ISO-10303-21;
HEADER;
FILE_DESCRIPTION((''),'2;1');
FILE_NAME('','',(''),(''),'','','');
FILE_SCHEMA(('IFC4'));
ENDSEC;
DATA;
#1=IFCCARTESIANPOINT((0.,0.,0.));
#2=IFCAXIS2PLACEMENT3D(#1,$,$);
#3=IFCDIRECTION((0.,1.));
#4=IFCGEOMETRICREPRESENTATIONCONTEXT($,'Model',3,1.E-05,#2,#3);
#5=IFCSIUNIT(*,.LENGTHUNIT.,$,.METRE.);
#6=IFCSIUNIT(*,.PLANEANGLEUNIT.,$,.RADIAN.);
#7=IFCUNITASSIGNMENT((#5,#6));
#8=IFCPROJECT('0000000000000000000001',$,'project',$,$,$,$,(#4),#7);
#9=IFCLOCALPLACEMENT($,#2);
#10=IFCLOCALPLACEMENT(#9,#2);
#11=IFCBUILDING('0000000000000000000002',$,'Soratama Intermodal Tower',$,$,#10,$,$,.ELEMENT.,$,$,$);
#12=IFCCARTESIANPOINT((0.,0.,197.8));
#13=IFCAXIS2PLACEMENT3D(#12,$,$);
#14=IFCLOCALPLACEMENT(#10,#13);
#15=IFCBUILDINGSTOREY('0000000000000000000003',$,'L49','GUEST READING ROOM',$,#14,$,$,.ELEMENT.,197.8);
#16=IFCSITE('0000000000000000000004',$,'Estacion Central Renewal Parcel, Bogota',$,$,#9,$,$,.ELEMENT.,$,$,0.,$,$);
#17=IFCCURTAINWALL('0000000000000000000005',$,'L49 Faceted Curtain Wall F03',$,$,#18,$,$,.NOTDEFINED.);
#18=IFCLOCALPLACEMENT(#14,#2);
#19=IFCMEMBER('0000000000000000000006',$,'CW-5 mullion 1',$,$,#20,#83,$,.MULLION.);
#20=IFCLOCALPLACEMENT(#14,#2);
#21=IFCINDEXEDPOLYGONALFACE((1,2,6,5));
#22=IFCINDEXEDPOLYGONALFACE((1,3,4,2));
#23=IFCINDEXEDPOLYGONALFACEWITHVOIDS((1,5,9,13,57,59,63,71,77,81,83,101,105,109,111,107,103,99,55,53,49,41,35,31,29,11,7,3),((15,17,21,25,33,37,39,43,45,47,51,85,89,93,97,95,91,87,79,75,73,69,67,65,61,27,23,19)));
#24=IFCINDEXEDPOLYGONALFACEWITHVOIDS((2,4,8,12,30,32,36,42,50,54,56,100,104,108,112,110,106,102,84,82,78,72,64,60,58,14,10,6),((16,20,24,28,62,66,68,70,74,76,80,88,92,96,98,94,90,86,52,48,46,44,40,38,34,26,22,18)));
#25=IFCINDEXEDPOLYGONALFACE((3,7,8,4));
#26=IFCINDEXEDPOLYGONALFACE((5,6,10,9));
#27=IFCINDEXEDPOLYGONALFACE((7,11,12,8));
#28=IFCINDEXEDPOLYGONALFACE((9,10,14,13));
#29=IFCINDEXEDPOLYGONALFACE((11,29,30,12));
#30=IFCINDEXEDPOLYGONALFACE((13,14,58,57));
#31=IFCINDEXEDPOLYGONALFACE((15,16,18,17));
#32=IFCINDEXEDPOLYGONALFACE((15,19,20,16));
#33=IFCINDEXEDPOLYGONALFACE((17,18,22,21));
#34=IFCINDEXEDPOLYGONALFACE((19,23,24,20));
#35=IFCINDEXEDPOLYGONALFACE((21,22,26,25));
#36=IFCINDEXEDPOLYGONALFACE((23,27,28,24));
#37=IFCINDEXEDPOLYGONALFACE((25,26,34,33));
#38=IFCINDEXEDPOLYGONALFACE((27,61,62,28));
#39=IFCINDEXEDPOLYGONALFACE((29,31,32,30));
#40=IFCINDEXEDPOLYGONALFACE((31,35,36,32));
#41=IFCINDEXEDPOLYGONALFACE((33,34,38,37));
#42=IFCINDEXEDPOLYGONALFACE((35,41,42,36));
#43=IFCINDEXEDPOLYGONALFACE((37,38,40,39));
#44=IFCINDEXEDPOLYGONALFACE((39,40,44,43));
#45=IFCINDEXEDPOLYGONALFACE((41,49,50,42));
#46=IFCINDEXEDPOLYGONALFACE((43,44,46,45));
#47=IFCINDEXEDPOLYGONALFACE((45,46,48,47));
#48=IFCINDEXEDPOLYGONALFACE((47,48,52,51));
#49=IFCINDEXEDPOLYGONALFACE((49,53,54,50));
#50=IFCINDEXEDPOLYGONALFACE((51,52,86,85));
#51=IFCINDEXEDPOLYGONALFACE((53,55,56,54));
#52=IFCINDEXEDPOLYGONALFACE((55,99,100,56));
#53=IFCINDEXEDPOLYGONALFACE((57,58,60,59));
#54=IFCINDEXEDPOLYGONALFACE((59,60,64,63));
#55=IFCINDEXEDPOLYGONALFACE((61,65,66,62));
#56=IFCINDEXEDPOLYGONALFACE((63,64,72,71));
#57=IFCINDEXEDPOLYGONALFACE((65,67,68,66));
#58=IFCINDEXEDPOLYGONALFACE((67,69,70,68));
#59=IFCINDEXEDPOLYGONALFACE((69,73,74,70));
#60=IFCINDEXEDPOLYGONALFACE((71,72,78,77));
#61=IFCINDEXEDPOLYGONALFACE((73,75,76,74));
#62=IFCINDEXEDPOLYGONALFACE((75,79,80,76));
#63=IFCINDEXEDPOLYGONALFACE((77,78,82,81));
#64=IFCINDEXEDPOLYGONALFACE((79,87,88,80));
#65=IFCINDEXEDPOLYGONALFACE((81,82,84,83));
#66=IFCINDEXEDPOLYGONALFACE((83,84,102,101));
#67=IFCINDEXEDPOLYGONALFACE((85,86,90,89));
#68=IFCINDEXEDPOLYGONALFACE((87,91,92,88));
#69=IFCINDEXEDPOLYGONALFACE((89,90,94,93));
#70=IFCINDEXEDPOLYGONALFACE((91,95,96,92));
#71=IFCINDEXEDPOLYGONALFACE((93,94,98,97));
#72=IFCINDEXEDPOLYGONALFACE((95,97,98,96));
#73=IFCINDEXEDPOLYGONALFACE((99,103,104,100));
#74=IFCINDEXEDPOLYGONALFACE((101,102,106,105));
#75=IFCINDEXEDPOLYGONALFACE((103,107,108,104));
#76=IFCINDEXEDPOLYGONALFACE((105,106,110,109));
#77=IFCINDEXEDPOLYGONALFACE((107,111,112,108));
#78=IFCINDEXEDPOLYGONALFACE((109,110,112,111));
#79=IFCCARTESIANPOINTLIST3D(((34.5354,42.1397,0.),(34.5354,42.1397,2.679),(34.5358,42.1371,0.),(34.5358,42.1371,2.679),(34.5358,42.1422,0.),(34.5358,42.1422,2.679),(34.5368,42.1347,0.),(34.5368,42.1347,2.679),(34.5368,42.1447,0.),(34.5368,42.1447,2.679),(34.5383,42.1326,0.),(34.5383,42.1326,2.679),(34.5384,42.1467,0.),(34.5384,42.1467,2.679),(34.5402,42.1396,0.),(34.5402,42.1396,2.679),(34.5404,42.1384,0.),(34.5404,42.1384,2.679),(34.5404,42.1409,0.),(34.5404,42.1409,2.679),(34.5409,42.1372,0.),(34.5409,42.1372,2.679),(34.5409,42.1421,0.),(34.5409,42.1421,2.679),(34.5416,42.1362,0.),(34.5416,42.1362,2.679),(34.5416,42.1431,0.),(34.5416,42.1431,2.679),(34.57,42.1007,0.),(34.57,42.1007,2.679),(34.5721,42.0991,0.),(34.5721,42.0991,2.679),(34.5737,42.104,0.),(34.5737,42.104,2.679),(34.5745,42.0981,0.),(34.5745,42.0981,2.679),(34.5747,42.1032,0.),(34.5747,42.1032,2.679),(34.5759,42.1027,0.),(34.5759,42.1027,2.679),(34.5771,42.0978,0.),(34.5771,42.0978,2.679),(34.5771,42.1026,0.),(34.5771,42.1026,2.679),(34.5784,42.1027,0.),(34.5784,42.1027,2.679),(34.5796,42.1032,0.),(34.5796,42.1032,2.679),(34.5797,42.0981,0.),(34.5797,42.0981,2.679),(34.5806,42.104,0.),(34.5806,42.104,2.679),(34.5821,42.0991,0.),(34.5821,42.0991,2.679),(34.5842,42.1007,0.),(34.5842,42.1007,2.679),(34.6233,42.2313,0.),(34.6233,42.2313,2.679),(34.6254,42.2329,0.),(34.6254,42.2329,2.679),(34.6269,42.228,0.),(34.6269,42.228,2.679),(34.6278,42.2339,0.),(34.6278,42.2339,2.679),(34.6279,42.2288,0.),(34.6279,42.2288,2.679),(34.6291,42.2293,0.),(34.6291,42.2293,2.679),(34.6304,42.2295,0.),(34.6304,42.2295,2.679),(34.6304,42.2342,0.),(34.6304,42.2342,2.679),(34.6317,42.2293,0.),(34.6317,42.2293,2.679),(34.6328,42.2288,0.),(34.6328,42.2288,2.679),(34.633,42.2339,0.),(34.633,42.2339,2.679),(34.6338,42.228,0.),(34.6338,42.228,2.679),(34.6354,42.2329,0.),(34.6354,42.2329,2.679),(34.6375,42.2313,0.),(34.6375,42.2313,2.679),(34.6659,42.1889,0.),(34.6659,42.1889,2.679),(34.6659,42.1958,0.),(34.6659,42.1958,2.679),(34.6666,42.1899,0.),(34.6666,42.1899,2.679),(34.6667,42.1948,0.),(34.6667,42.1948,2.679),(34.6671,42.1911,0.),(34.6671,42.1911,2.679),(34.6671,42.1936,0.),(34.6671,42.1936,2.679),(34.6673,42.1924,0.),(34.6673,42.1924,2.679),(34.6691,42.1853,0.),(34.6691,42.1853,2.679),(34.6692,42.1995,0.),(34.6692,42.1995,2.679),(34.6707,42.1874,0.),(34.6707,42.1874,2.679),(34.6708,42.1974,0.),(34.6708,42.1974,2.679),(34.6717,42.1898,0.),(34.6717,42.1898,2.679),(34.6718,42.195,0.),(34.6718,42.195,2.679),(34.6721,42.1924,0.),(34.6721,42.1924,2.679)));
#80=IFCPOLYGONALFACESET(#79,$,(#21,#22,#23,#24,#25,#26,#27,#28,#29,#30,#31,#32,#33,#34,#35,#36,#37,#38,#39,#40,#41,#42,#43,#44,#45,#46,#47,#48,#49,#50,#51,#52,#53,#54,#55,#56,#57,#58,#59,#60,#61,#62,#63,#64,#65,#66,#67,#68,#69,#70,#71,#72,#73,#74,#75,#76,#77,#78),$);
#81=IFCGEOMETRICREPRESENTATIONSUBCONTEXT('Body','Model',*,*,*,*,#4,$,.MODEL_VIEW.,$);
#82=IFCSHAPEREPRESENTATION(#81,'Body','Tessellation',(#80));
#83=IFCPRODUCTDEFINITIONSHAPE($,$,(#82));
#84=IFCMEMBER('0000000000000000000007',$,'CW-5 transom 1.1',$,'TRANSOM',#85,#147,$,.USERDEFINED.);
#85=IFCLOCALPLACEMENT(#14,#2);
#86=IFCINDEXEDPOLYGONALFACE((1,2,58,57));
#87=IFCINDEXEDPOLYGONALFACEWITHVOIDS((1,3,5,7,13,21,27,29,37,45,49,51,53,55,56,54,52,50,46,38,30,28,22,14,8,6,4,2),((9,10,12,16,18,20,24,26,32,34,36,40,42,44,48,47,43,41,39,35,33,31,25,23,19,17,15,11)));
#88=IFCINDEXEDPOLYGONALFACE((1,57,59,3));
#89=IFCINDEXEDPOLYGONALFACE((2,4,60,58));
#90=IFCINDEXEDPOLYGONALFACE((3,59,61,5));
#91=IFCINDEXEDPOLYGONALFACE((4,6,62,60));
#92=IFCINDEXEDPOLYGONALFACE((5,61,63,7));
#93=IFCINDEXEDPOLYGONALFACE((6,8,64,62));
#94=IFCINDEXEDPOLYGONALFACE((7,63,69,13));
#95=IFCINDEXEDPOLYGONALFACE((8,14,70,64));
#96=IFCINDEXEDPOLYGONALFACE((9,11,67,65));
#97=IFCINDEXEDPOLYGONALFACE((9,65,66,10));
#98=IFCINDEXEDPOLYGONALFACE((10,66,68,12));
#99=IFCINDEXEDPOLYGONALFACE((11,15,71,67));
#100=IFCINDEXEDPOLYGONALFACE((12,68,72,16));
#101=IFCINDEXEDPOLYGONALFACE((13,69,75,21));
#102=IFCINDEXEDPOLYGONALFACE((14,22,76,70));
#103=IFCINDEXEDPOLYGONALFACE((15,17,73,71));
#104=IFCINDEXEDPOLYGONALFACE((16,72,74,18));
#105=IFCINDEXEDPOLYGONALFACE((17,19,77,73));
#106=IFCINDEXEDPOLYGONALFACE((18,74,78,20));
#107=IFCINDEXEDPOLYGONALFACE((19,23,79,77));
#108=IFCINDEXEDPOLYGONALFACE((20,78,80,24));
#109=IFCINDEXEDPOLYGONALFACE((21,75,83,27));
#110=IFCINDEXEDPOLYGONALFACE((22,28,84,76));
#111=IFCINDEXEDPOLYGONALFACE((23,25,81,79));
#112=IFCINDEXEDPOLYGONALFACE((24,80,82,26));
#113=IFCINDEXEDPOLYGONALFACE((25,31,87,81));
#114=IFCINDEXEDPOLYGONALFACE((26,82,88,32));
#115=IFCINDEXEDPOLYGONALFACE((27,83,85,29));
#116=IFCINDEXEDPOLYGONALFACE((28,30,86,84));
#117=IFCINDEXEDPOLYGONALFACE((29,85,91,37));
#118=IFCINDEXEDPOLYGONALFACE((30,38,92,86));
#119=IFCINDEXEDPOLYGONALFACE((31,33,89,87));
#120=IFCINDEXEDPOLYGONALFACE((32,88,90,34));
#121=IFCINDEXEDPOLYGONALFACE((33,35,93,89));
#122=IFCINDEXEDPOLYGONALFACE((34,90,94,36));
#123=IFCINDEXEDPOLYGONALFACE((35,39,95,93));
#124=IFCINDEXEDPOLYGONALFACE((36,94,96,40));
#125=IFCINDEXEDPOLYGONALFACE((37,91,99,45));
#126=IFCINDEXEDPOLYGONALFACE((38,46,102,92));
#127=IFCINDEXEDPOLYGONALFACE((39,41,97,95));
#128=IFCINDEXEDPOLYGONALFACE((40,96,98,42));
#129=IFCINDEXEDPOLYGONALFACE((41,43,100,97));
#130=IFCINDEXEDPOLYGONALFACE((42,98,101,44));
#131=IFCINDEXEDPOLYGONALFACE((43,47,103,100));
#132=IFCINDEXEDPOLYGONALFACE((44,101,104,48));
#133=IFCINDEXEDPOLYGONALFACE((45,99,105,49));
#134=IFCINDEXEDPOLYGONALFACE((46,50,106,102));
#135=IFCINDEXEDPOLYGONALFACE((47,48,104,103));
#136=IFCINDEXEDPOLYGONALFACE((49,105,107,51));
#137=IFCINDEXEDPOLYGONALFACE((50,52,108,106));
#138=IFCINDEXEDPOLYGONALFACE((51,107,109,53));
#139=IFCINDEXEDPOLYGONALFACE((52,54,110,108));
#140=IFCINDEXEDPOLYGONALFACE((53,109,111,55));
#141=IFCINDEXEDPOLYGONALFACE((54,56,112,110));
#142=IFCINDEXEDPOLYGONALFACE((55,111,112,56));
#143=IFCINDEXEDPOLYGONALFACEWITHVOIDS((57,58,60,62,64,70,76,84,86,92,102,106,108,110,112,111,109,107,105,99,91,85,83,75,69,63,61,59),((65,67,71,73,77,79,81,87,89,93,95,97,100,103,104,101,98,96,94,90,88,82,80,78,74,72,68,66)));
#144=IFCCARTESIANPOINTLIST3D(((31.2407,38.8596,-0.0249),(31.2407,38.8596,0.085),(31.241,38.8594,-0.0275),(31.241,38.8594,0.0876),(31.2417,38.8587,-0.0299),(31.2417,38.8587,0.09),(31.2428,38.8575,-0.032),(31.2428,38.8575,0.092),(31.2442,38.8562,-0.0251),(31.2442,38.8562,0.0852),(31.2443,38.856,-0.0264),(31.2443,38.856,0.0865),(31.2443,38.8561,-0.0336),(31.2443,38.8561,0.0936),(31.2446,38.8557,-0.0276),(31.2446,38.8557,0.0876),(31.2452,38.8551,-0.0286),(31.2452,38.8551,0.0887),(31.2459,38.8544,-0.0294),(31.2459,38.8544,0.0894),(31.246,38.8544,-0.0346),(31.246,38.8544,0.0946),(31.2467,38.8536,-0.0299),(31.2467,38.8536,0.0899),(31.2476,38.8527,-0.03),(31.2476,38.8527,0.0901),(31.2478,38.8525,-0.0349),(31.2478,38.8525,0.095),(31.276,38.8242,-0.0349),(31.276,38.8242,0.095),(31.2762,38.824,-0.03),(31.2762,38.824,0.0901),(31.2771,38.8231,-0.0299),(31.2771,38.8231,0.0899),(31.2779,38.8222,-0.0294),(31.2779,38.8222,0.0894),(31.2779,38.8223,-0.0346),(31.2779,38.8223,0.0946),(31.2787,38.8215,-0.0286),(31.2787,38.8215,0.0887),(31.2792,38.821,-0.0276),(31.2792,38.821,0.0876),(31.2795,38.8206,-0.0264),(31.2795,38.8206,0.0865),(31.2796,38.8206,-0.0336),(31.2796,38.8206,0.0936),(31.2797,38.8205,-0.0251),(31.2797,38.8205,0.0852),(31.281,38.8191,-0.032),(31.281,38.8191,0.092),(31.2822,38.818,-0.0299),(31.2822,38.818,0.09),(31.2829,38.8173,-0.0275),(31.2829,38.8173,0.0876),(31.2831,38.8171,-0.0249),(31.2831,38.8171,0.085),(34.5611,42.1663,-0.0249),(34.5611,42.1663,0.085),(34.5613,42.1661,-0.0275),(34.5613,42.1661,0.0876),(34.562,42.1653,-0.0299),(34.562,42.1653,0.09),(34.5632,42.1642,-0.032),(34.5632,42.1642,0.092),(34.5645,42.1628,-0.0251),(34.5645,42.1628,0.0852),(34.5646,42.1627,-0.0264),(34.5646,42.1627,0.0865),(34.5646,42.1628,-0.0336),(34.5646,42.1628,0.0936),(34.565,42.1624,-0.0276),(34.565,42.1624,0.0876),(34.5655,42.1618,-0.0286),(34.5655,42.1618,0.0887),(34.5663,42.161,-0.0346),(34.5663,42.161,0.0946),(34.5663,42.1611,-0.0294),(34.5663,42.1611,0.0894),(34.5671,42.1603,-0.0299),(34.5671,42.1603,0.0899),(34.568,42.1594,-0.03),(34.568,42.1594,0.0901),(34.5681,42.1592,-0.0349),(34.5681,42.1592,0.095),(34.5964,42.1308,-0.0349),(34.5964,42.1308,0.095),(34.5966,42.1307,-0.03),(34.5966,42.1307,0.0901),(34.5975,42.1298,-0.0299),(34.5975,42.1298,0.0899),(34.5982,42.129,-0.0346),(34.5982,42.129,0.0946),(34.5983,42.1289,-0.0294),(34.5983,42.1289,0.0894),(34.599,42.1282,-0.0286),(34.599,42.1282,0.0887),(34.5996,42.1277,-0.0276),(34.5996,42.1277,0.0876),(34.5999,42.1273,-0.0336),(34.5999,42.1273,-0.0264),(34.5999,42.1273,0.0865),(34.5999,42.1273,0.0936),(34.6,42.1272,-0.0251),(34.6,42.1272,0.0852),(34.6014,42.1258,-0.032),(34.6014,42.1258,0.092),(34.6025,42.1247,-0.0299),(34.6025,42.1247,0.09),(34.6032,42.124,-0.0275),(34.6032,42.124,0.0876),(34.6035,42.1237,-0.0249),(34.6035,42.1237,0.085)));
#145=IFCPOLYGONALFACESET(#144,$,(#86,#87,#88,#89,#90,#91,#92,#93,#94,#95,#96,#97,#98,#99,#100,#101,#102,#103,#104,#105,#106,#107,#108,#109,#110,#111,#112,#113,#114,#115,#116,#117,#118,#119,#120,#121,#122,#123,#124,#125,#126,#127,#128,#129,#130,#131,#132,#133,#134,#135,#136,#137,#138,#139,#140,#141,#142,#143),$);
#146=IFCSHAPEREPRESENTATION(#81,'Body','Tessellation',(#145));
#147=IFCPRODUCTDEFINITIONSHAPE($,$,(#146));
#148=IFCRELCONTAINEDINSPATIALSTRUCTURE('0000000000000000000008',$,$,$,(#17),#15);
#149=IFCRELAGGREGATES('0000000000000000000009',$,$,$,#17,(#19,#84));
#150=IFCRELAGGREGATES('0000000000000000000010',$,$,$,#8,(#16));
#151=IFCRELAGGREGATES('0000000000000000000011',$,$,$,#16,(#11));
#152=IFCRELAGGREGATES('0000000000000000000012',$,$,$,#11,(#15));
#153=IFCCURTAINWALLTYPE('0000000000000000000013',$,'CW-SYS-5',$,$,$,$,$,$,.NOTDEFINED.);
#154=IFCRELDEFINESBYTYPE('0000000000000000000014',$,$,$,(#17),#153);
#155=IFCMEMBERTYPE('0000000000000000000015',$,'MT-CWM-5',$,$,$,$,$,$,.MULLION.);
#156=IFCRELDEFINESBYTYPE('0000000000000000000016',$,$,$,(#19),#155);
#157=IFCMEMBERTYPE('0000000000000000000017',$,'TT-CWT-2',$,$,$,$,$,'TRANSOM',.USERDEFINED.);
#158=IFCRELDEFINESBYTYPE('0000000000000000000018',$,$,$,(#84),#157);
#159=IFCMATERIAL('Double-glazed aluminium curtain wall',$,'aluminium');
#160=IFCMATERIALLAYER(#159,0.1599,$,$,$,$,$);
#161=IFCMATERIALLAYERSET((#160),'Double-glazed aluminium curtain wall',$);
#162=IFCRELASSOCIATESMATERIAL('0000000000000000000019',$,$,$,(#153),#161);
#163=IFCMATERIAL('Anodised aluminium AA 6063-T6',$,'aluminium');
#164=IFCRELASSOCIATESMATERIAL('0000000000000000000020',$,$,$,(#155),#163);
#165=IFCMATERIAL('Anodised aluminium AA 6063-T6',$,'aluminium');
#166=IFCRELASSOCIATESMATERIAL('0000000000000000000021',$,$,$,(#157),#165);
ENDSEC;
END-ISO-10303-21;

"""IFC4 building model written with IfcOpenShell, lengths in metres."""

from ifc_helpers import new_model, si_unit, direction, frame, origin, origin_2d, place, context, subcontext, project, spatial, hollow_rectangle, extrude, material, layer, layer_set, material_profile, profile_set, type_object, element, aggregate, save


model = new_model("IFC4")

# Units and contexts
model_context = context("Model", 3, precision=1e-05, world=origin(), true_north=direction((0.0, 1.0)))
body_context = subcontext(model_context, "Body", "Model", "MODEL_VIEW")
ifc_project = project(units=[si_unit("LENGTHUNIT", "METRE"), si_unit("PLANEANGLEUNIT", "RADIAN")], contexts=[model_context])

# Site, building, storey
site_placement = place(None, origin())
site = spatial("IfcSite", under=ifc_project, at=site_placement, Name="Estacion Central Renewal Parcel, Bogota", CompositionType="ELEMENT", RefElevation=0.0)
building_placement = place(site_placement, origin())
building = spatial("IfcBuilding", under=site, at=building_placement, Name="Soratama Intermodal Tower", CompositionType="ELEMENT")
storey_placement = place(building_placement, frame((0.0, 0.0, 197.8)))
storey = spatial("IfcBuildingStorey", under=building, at=storey_placement, Name="L49", Description="GUEST READING ROOM", CompositionType="ELEMENT", Elevation=197.8)

# Curtain wall, members
ifc_material_1 = material(Name="Double-glazed aluminium curtain wall", Category="aluminium")
ifc_layer_1 = layer(ifc_material_1, 0.1599)
ifc_layer_set_1 = layer_set([ifc_layer_1], Name="Double-glazed aluminium curtain wall")
curtain_wall_type = type_object("IfcCurtainWallType", Name="CW-SYS-5", PredefinedType="NOTDEFINED", material=ifc_layer_set_1)
curtain_wall_placement = place(storey_placement, origin())
curtain_wall = element("IfcCurtainWall", 1, at=curtain_wall_placement, inside=storey, type_object=curtain_wall_type, Name="L49 Faceted Curtain Wall F03", PredefinedType="NOTDEFINED")
ifc_material_2 = material(Name="Anodised aluminium AA 6063-T6", Category="aluminium")
ifc_material_profile_1 = material_profile(ifc_material_2, hollow_rectangle(XDim=0.0649, YDim=0.1399, WallThickness=0.0049, InnerFilletRadius=0.0049, OuterFilletRadius=0.01, at=origin_2d()), Name="CWM140X65X5")
ifc_profile_set_1 = profile_set([ifc_material_profile_1], Name="Anodised aluminium AA 6063-T6")
member_type_1 = type_object("IfcMemberType", Name="MT-CWM-5", PredefinedType="MULLION", material=ifc_profile_set_1)
member_1_placement = place(storey_placement, frame((34.6038, 42.166, 0.0), z_axis=(0.0, 0.0, 1.0), x_axis=(0.705624, -0.708587, 0.0)))
member_1 = element("IfcMember", 2, at=member_1_placement, type_object=member_type_1, Name="CW-5 mullion 1", PredefinedType="MULLION", context=body_context, shape_type="SweptSolid", body=[
    extrude(hollow_rectangle(XDim=0.0649, YDim=0.1399, WallThickness=0.0049, InnerFilletRadius=0.0049, OuterFilletRadius=0.01, at=origin_2d()), origin(), (0.0, 0.0, 1.0), 2.679),
])
ifc_material_3 = material(Name="Anodised aluminium AA 6063-T6", Category="aluminium")
ifc_material_profile_2 = material_profile(ifc_material_3, hollow_rectangle(XDim=0.0601, YDim=0.1299, WallThickness=0.0049, InnerFilletRadius=0.0049, OuterFilletRadius=0.01, at=origin_2d()), Name="CWT130X60X5")
ifc_profile_set_2 = profile_set([ifc_material_profile_2], Name="Anodised aluminium AA 6063-T6")
member_type_2 = type_object("IfcMemberType", Name="TT-CWT-2", ElementType="TRANSOM", PredefinedType="USERDEFINED", material=ifc_profile_set_2)
member_2_placement = place(storey_placement, frame((34.5823, 42.145, 0.03), z_axis=(-0.708564, -0.705646, 0.0), x_axis=(0.705646, -0.708564, 0.0)))
member_2 = element("IfcMember", 3, at=member_2_placement, type_object=member_type_2, Name="CW-5 transom 1.1", ObjectType="TRANSOM", PredefinedType="USERDEFINED", context=body_context, shape_type="SweptSolid", body=[
    extrude(hollow_rectangle(XDim=0.0601, YDim=0.1299, WallThickness=0.0049, InnerFilletRadius=0.0049, OuterFilletRadius=0.01, at=origin_2d()), origin(), (0.0, 0.0, 1.0), 4.686),
])
aggregate(curtain_wall, [member_1, member_2])

save(model, "model.ifc")
